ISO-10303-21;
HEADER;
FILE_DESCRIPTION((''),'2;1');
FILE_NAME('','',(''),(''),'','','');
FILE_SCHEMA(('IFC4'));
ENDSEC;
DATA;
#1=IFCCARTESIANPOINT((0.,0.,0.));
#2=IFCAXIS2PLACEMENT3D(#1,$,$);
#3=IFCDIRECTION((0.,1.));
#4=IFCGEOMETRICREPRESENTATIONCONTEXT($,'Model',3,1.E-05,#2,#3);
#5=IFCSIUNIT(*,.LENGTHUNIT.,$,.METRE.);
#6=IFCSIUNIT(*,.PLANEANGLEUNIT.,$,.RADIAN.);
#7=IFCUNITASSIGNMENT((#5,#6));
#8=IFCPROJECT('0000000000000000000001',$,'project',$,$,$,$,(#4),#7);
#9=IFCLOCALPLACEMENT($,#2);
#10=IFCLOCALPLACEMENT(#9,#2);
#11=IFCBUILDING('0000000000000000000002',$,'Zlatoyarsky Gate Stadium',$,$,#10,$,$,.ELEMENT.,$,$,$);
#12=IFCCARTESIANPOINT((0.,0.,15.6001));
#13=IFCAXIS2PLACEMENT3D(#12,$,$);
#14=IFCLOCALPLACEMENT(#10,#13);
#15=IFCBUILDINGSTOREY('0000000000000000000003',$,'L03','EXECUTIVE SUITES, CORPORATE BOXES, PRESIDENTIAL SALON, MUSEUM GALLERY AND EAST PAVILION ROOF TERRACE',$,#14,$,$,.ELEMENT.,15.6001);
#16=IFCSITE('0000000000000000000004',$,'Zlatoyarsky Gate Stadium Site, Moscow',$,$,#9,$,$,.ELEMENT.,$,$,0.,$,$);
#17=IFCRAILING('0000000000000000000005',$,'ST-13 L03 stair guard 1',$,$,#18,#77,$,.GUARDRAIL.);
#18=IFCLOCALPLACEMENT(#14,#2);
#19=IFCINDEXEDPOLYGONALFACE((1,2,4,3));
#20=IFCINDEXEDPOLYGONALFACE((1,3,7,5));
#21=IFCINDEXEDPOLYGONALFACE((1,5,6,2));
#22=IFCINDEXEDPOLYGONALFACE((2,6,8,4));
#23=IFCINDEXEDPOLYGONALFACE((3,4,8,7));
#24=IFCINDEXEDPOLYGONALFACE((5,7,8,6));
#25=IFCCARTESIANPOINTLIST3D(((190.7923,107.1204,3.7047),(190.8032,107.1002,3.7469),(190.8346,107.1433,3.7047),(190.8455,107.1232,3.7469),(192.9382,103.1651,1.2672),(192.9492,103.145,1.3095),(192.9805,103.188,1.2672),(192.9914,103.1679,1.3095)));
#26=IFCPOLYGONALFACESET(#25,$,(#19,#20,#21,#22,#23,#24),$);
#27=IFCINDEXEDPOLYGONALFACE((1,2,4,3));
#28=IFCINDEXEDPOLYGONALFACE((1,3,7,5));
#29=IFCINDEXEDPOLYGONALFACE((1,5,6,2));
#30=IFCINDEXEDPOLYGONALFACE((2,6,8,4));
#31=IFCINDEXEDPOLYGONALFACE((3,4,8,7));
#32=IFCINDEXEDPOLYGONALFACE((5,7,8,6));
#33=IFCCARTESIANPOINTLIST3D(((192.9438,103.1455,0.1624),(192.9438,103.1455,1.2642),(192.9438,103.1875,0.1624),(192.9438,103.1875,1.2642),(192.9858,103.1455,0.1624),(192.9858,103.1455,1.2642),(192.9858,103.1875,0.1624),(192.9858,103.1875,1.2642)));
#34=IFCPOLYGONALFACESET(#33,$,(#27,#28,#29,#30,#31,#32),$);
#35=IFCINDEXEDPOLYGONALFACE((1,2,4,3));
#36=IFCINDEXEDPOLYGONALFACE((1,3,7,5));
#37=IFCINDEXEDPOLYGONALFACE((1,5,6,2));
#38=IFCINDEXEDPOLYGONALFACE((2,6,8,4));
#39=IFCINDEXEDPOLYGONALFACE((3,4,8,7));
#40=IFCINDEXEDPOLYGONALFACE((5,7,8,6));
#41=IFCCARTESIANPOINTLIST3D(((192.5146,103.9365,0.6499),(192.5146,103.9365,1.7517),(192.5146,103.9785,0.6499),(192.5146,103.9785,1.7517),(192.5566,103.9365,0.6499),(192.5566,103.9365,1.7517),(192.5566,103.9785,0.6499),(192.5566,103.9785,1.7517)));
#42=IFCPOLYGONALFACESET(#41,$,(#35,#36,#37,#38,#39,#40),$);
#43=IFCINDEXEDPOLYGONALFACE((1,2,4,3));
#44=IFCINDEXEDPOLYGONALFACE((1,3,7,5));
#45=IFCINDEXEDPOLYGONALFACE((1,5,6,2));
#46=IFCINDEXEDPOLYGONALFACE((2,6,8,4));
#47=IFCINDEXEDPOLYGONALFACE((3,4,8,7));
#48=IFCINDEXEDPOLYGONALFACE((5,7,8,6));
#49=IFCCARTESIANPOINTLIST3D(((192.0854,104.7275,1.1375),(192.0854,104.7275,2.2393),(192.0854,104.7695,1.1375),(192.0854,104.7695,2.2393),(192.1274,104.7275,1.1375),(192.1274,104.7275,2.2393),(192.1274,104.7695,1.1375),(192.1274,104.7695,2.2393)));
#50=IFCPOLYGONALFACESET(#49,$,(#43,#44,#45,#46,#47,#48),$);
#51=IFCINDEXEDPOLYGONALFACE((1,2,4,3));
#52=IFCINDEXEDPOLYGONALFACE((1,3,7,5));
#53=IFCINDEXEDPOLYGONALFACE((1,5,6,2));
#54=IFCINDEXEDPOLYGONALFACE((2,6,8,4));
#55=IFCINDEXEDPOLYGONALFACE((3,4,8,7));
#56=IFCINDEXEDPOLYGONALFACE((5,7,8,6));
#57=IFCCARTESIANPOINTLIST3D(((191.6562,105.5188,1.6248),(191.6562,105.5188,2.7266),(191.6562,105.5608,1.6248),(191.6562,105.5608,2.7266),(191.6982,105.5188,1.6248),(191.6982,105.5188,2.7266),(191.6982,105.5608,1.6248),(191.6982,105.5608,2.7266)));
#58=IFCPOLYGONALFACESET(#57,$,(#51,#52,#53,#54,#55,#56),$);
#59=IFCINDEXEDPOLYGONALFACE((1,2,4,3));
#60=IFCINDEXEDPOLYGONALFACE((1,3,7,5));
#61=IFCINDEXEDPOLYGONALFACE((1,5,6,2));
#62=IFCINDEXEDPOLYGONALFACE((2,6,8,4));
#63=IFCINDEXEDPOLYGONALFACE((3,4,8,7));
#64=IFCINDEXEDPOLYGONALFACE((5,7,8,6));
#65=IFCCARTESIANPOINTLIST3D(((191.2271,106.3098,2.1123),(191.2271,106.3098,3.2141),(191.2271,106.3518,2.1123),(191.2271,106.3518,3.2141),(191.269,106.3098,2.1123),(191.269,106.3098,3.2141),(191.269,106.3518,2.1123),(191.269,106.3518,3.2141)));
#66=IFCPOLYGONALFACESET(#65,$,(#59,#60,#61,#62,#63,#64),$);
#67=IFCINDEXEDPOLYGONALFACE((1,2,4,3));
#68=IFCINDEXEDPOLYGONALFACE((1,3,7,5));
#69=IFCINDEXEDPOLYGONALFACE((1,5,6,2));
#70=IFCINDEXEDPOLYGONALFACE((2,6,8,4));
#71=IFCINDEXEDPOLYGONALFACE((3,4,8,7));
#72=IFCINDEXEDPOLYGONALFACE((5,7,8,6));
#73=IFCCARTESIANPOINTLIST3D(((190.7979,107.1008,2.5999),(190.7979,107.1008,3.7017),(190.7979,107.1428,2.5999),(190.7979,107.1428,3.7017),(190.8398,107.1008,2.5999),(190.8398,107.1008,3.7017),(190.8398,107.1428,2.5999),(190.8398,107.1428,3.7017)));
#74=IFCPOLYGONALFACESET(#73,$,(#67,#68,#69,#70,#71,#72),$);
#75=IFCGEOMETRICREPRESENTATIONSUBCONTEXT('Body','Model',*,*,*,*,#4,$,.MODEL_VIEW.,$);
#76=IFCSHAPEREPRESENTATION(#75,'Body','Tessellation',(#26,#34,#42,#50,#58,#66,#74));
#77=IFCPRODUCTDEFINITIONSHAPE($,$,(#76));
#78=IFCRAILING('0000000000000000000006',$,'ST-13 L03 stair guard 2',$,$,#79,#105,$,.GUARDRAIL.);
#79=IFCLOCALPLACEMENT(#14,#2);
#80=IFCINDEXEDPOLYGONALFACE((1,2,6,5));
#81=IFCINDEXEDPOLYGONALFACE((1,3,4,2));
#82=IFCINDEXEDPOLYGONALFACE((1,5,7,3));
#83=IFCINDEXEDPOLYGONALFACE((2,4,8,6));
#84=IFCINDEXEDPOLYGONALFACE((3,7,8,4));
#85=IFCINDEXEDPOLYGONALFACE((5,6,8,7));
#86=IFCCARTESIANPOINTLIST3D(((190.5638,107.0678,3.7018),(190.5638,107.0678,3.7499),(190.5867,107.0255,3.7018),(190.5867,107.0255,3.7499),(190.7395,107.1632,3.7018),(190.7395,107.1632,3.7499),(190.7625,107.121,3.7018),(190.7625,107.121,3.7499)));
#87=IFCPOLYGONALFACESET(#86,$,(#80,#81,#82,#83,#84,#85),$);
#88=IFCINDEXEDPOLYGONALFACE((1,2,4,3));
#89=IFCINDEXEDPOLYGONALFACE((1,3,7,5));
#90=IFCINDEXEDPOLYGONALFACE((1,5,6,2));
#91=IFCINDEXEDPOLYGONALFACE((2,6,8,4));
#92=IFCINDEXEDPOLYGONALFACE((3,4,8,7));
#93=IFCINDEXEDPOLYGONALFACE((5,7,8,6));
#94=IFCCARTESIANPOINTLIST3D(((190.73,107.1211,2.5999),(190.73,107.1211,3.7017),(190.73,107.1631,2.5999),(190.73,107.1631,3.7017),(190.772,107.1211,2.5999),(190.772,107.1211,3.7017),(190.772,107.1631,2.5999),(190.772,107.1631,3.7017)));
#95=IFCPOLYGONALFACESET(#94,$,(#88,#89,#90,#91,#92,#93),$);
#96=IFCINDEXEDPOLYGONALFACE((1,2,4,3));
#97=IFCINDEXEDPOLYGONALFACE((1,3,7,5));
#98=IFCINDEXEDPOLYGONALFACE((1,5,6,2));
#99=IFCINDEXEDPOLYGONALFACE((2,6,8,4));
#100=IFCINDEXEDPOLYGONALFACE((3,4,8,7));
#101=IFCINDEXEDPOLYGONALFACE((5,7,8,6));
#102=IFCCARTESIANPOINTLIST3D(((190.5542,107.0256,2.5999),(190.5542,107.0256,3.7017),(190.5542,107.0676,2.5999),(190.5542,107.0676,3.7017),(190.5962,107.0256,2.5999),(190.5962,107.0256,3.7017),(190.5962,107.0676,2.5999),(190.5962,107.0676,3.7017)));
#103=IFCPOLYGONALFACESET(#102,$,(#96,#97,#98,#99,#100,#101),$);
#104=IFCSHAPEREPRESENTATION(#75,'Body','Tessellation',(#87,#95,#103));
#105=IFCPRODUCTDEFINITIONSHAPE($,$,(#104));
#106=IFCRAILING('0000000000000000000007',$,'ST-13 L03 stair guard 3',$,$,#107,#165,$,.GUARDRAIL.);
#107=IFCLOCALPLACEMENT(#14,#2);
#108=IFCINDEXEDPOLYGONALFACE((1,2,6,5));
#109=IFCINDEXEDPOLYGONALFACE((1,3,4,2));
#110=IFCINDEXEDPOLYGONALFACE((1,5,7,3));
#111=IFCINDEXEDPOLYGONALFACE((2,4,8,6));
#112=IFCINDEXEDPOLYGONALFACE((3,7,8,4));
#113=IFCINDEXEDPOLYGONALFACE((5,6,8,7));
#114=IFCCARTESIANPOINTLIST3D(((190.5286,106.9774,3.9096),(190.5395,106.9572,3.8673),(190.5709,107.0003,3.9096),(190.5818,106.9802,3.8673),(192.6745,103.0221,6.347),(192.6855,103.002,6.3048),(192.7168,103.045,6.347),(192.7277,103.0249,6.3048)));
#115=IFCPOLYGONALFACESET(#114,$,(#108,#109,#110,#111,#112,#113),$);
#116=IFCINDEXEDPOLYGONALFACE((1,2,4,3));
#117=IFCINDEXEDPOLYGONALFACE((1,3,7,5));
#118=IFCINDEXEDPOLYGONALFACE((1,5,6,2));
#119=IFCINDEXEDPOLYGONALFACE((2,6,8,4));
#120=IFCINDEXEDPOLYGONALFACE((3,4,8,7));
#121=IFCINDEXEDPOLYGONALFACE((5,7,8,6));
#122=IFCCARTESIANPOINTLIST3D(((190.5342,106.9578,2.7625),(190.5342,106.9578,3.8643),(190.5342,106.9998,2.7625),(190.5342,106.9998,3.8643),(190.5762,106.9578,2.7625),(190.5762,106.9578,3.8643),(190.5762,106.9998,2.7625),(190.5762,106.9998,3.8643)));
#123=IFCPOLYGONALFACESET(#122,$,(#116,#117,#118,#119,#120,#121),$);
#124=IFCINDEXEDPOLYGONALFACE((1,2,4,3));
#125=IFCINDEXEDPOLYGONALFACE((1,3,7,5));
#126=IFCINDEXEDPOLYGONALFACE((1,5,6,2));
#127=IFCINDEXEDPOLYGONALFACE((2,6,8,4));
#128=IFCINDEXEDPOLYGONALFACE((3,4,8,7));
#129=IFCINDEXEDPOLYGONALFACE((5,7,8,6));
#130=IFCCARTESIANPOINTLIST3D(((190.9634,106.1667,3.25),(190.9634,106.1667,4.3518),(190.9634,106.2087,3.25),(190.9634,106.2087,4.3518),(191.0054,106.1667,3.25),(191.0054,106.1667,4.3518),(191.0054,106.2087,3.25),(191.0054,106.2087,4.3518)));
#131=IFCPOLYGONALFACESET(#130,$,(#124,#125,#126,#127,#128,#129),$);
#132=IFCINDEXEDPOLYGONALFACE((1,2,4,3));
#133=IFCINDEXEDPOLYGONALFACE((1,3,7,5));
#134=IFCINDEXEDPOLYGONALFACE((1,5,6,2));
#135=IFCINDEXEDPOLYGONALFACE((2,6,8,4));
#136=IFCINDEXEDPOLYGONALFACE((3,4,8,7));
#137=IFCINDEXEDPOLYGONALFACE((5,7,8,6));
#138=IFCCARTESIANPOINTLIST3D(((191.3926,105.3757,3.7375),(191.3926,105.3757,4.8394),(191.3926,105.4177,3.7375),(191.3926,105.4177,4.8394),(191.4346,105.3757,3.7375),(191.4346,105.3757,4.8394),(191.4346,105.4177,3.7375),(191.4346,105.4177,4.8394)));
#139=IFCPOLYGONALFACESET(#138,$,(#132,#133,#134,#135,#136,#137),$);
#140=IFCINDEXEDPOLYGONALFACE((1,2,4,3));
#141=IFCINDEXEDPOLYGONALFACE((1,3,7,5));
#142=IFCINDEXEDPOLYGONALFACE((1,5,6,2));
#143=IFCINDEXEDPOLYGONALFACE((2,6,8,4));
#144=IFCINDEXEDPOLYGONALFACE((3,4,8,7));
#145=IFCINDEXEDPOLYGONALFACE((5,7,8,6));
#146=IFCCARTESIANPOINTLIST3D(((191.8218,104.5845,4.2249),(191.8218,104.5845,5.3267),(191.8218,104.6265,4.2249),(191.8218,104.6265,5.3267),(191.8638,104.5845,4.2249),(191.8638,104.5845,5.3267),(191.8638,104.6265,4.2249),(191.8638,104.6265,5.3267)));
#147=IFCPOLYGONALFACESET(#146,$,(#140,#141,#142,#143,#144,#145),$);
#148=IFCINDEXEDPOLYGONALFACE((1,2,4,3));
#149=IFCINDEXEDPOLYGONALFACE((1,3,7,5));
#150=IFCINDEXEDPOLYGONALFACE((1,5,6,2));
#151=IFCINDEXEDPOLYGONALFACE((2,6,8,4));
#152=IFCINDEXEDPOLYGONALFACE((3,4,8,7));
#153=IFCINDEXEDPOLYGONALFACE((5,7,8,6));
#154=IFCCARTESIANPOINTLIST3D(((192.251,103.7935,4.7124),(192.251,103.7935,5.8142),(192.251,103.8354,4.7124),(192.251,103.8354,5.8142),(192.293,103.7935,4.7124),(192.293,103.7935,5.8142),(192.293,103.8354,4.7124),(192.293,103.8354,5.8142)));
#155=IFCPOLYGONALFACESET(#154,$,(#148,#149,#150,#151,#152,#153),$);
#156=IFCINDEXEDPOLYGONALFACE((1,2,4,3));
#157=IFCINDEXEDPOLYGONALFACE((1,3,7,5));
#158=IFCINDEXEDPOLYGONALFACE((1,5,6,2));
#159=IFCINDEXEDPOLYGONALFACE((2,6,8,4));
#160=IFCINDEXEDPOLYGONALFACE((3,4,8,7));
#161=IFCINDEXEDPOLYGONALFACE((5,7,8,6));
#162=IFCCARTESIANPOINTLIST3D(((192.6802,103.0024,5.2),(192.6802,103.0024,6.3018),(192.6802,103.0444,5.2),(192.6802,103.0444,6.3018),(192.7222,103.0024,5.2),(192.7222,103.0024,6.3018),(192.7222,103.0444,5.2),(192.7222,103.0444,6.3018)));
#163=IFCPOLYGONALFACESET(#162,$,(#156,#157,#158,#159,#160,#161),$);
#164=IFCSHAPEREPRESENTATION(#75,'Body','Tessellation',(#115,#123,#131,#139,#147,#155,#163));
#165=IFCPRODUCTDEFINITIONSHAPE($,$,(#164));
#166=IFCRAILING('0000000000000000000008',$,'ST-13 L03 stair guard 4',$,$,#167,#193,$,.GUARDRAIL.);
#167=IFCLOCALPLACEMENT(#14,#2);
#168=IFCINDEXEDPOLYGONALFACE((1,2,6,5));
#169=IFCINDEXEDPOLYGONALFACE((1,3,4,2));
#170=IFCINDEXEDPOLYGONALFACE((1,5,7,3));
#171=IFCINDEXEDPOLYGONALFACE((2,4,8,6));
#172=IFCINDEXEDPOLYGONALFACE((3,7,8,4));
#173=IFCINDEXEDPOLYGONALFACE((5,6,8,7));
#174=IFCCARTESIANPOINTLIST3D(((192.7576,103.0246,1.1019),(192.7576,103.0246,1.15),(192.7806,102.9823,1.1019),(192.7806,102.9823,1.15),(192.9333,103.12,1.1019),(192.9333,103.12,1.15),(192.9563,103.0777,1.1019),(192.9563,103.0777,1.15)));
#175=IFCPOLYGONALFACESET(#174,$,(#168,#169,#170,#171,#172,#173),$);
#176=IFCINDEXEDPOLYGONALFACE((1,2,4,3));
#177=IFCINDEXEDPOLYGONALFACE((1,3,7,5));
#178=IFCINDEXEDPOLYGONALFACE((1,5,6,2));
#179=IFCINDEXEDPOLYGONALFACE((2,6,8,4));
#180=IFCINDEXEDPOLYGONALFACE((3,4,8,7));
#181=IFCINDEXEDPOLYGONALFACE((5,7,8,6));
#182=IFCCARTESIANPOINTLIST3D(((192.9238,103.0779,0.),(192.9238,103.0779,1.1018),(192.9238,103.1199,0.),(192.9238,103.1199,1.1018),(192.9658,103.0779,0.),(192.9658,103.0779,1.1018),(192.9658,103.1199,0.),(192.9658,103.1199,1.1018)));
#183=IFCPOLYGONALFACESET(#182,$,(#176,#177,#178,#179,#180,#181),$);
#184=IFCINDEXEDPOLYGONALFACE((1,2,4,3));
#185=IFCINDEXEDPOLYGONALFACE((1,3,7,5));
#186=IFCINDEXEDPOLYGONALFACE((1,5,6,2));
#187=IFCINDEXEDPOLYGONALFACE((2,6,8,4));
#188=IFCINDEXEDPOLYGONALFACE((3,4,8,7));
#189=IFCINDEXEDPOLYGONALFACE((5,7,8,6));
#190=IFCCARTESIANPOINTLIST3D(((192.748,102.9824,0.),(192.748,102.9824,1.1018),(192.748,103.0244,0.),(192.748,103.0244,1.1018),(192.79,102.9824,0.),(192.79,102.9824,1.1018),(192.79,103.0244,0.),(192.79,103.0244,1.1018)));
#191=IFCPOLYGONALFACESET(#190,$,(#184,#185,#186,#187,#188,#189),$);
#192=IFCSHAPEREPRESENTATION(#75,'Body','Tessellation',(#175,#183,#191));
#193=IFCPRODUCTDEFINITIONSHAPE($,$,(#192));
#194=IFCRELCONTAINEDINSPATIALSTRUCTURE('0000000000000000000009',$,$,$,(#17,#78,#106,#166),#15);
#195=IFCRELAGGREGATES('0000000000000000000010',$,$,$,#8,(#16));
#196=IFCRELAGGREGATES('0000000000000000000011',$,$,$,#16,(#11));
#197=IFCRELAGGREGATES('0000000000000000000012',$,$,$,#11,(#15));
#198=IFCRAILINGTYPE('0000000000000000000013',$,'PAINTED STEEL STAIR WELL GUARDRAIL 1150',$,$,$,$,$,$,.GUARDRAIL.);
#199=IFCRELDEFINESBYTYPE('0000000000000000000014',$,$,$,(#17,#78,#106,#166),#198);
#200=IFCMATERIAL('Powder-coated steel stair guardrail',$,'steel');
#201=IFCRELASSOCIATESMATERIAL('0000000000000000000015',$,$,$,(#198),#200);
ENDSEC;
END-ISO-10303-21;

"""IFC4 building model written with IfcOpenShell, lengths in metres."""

from ifc_helpers import new_model, si_unit, direction, frame, origin, origin_2d, place, context, subcontext, project, spatial, rectangle, extrude, material, type_object, element, save


model = new_model("IFC4")

# Units and contexts
model_context = context("Model", 3, precision=1e-05, world=origin(), true_north=direction((0.0, 1.0)))
body_context = subcontext(model_context, "Body", "Model", "MODEL_VIEW")
ifc_project = project(units=[si_unit("LENGTHUNIT", "METRE"), si_unit("PLANEANGLEUNIT", "RADIAN")], contexts=[model_context])

# Site, building, storey
site_placement = place(None, origin())
site = spatial("IfcSite", under=ifc_project, at=site_placement, Name="Zlatoyarsky Gate Stadium Site, Moscow", CompositionType="ELEMENT", RefElevation=0.0)
building_placement = place(site_placement, origin())
building = spatial("IfcBuilding", under=site, at=building_placement, Name="Zlatoyarsky Gate Stadium", CompositionType="ELEMENT")
storey_placement = place(building_placement, frame((0.0, 0.0, 15.6001)))
storey = spatial("IfcBuildingStorey", under=building, at=storey_placement, Name="L03", Description="EXECUTIVE SUITES, CORPORATE BOXES, PRESIDENTIAL SALON, MUSEUM GALLERY AND EAST PAVILION ROOF TERRACE", CompositionType="ELEMENT", Elevation=15.6001)

# Railings
ifc_material_1 = material(Name="Powder-coated steel stair guardrail", Category="steel")
railing_type_1 = type_object("IfcRailingType", Name="PAINTED STEEL STAIR WELL GUARDRAIL 1150", PredefinedType="GUARDRAIL", material=ifc_material_1)
railing_1_placement = place(storey_placement, frame((192.9648, 103.1665, 0.1624)))
element("IfcRailing", 1, at=railing_1_placement, inside=storey, type_object=railing_type_1, Name="ST-13 L03 stair guard 1", PredefinedType="GUARDRAIL", context=body_context, shape_type="SweptSolid", body=[
    extrude(rectangle(XDim=0.0481, YDim=0.0481, at=origin_2d()), frame((0.0, 0.0, 1.126), z_axis=(-0.419325, 0.772865, 0.476284), x_axis=(-0.878963, -0.47689, 0.0)), (0.0, 0.0, 1.0), 5.1177),
    extrude(rectangle(XDim=0.042, YDim=0.042, at=origin_2d()), origin(), (0.0, 0.0, 1.0), 1.1018),
    extrude(rectangle(XDim=0.042, YDim=0.042, at=origin_2d()), frame((-0.4292, 0.791, 0.4875)), (0.0, 0.0, 1.0), 1.1018),
    extrude(rectangle(XDim=0.042, YDim=0.042, at=origin_2d()), frame((-0.8584, 1.582, 0.9751)), (0.0, 0.0, 1.0), 1.1018),
    extrude(rectangle(XDim=0.042, YDim=0.042, at=origin_2d()), frame((-1.2876, 2.3733, 1.4624)), (0.0, 0.0, 1.0), 1.1018),
    extrude(rectangle(XDim=0.042, YDim=0.042, at=origin_2d()), frame((-1.7168, 3.1643, 1.95)), (0.0, 0.0, 1.0), 1.1018),
    extrude(rectangle(XDim=0.042, YDim=0.042, at=origin_2d()), frame((-2.146, 3.9553, 2.4375)), (0.0, 0.0, 1.0), 1.1018),
])
railing_2_placement = place(storey_placement, frame((190.751, 107.1421, 2.5999)))
element("IfcRailing", 2, at=railing_2_placement, inside=storey, type_object=railing_type_1, Name="ST-13 L03 stair guard 2", PredefinedType="GUARDRAIL", context=body_context, shape_type="SweptSolid", body=[
    extrude(rectangle(XDim=0.0481, YDim=0.0481, at=origin_2d()), frame((0.0, 0.0, 1.126), z_axis=(-0.87878, -0.477227, 0.0), x_axis=(0.477227, -0.87878, 0.0)), (0.0, 0.0, 1.0), 0.2),
    extrude(rectangle(XDim=0.042, YDim=0.042, at=origin_2d()), origin(), (0.0, 0.0, 1.0), 1.1018),
    extrude(rectangle(XDim=0.042, YDim=0.042, at=origin_2d()), frame((-0.1758, -0.0955, 0.0)), (0.0, 0.0, 1.0), 1.1018),
])
railing_3_placement = place(storey_placement, frame((190.5552, 106.9788, 2.7625)))
element("IfcRailing", 3, at=railing_3_placement, inside=storey, type_object=railing_type_1, Name="ST-13 L03 stair guard 3", PredefinedType="GUARDRAIL", context=body_context, shape_type="SweptSolid", body=[
    extrude(rectangle(XDim=0.0481, YDim=0.0481, at=origin_2d()), frame((0.0, 0.0, 1.126), z_axis=(0.419325, -0.772865, 0.476284), x_axis=(0.878963, 0.47689, 0.0)), (0.0, 0.0, 1.0), 5.1177),
    extrude(rectangle(XDim=0.042, YDim=0.042, at=origin_2d()), origin(), (0.0, 0.0, 1.0), 1.1018),
    extrude(rectangle(XDim=0.042, YDim=0.042, at=origin_2d()), frame((0.4292, -0.791, 0.4875)), (0.0, 0.0, 1.0), 1.1018),
    extrude(rectangle(XDim=0.042, YDim=0.042, at=origin_2d()), frame((0.8584, -1.582, 0.9751)), (0.0, 0.0, 1.0), 1.1018),
    extrude(rectangle(XDim=0.042, YDim=0.042, at=origin_2d()), frame((1.2876, -2.3733, 1.4624)), (0.0, 0.0, 1.0), 1.1018),
    extrude(rectangle(XDim=0.042, YDim=0.042, at=origin_2d()), frame((1.7168, -3.1643, 1.95)), (0.0, 0.0, 1.0), 1.1018),
    extrude(rectangle(XDim=0.042, YDim=0.042, at=origin_2d()), frame((2.146, -3.9553, 2.4375)), (0.0, 0.0, 1.0), 1.1018),
])
railing_4_placement = place(storey_placement, frame((192.9448, 103.0989, 0.0)))
element("IfcRailing", 4, at=railing_4_placement, inside=storey, type_object=railing_type_1, Name="ST-13 L03 stair guard 4", PredefinedType="GUARDRAIL", context=body_context, shape_type="SweptSolid", body=[
    extrude(rectangle(XDim=0.0481, YDim=0.0481, at=origin_2d()), frame((0.0, 0.0, 1.126), z_axis=(-0.87878, -0.477227, 0.0), x_axis=(0.477227, -0.87878, 0.0)), (0.0, 0.0, 1.0), 0.2),
    extrude(rectangle(XDim=0.042, YDim=0.042, at=origin_2d()), origin(), (0.0, 0.0, 1.0), 1.1018),
    extrude(rectangle(XDim=0.042, YDim=0.042, at=origin_2d()), frame((-0.1758, -0.0955, 0.0)), (0.0, 0.0, 1.0), 1.1018),
])

save(model, "model.ifc")
